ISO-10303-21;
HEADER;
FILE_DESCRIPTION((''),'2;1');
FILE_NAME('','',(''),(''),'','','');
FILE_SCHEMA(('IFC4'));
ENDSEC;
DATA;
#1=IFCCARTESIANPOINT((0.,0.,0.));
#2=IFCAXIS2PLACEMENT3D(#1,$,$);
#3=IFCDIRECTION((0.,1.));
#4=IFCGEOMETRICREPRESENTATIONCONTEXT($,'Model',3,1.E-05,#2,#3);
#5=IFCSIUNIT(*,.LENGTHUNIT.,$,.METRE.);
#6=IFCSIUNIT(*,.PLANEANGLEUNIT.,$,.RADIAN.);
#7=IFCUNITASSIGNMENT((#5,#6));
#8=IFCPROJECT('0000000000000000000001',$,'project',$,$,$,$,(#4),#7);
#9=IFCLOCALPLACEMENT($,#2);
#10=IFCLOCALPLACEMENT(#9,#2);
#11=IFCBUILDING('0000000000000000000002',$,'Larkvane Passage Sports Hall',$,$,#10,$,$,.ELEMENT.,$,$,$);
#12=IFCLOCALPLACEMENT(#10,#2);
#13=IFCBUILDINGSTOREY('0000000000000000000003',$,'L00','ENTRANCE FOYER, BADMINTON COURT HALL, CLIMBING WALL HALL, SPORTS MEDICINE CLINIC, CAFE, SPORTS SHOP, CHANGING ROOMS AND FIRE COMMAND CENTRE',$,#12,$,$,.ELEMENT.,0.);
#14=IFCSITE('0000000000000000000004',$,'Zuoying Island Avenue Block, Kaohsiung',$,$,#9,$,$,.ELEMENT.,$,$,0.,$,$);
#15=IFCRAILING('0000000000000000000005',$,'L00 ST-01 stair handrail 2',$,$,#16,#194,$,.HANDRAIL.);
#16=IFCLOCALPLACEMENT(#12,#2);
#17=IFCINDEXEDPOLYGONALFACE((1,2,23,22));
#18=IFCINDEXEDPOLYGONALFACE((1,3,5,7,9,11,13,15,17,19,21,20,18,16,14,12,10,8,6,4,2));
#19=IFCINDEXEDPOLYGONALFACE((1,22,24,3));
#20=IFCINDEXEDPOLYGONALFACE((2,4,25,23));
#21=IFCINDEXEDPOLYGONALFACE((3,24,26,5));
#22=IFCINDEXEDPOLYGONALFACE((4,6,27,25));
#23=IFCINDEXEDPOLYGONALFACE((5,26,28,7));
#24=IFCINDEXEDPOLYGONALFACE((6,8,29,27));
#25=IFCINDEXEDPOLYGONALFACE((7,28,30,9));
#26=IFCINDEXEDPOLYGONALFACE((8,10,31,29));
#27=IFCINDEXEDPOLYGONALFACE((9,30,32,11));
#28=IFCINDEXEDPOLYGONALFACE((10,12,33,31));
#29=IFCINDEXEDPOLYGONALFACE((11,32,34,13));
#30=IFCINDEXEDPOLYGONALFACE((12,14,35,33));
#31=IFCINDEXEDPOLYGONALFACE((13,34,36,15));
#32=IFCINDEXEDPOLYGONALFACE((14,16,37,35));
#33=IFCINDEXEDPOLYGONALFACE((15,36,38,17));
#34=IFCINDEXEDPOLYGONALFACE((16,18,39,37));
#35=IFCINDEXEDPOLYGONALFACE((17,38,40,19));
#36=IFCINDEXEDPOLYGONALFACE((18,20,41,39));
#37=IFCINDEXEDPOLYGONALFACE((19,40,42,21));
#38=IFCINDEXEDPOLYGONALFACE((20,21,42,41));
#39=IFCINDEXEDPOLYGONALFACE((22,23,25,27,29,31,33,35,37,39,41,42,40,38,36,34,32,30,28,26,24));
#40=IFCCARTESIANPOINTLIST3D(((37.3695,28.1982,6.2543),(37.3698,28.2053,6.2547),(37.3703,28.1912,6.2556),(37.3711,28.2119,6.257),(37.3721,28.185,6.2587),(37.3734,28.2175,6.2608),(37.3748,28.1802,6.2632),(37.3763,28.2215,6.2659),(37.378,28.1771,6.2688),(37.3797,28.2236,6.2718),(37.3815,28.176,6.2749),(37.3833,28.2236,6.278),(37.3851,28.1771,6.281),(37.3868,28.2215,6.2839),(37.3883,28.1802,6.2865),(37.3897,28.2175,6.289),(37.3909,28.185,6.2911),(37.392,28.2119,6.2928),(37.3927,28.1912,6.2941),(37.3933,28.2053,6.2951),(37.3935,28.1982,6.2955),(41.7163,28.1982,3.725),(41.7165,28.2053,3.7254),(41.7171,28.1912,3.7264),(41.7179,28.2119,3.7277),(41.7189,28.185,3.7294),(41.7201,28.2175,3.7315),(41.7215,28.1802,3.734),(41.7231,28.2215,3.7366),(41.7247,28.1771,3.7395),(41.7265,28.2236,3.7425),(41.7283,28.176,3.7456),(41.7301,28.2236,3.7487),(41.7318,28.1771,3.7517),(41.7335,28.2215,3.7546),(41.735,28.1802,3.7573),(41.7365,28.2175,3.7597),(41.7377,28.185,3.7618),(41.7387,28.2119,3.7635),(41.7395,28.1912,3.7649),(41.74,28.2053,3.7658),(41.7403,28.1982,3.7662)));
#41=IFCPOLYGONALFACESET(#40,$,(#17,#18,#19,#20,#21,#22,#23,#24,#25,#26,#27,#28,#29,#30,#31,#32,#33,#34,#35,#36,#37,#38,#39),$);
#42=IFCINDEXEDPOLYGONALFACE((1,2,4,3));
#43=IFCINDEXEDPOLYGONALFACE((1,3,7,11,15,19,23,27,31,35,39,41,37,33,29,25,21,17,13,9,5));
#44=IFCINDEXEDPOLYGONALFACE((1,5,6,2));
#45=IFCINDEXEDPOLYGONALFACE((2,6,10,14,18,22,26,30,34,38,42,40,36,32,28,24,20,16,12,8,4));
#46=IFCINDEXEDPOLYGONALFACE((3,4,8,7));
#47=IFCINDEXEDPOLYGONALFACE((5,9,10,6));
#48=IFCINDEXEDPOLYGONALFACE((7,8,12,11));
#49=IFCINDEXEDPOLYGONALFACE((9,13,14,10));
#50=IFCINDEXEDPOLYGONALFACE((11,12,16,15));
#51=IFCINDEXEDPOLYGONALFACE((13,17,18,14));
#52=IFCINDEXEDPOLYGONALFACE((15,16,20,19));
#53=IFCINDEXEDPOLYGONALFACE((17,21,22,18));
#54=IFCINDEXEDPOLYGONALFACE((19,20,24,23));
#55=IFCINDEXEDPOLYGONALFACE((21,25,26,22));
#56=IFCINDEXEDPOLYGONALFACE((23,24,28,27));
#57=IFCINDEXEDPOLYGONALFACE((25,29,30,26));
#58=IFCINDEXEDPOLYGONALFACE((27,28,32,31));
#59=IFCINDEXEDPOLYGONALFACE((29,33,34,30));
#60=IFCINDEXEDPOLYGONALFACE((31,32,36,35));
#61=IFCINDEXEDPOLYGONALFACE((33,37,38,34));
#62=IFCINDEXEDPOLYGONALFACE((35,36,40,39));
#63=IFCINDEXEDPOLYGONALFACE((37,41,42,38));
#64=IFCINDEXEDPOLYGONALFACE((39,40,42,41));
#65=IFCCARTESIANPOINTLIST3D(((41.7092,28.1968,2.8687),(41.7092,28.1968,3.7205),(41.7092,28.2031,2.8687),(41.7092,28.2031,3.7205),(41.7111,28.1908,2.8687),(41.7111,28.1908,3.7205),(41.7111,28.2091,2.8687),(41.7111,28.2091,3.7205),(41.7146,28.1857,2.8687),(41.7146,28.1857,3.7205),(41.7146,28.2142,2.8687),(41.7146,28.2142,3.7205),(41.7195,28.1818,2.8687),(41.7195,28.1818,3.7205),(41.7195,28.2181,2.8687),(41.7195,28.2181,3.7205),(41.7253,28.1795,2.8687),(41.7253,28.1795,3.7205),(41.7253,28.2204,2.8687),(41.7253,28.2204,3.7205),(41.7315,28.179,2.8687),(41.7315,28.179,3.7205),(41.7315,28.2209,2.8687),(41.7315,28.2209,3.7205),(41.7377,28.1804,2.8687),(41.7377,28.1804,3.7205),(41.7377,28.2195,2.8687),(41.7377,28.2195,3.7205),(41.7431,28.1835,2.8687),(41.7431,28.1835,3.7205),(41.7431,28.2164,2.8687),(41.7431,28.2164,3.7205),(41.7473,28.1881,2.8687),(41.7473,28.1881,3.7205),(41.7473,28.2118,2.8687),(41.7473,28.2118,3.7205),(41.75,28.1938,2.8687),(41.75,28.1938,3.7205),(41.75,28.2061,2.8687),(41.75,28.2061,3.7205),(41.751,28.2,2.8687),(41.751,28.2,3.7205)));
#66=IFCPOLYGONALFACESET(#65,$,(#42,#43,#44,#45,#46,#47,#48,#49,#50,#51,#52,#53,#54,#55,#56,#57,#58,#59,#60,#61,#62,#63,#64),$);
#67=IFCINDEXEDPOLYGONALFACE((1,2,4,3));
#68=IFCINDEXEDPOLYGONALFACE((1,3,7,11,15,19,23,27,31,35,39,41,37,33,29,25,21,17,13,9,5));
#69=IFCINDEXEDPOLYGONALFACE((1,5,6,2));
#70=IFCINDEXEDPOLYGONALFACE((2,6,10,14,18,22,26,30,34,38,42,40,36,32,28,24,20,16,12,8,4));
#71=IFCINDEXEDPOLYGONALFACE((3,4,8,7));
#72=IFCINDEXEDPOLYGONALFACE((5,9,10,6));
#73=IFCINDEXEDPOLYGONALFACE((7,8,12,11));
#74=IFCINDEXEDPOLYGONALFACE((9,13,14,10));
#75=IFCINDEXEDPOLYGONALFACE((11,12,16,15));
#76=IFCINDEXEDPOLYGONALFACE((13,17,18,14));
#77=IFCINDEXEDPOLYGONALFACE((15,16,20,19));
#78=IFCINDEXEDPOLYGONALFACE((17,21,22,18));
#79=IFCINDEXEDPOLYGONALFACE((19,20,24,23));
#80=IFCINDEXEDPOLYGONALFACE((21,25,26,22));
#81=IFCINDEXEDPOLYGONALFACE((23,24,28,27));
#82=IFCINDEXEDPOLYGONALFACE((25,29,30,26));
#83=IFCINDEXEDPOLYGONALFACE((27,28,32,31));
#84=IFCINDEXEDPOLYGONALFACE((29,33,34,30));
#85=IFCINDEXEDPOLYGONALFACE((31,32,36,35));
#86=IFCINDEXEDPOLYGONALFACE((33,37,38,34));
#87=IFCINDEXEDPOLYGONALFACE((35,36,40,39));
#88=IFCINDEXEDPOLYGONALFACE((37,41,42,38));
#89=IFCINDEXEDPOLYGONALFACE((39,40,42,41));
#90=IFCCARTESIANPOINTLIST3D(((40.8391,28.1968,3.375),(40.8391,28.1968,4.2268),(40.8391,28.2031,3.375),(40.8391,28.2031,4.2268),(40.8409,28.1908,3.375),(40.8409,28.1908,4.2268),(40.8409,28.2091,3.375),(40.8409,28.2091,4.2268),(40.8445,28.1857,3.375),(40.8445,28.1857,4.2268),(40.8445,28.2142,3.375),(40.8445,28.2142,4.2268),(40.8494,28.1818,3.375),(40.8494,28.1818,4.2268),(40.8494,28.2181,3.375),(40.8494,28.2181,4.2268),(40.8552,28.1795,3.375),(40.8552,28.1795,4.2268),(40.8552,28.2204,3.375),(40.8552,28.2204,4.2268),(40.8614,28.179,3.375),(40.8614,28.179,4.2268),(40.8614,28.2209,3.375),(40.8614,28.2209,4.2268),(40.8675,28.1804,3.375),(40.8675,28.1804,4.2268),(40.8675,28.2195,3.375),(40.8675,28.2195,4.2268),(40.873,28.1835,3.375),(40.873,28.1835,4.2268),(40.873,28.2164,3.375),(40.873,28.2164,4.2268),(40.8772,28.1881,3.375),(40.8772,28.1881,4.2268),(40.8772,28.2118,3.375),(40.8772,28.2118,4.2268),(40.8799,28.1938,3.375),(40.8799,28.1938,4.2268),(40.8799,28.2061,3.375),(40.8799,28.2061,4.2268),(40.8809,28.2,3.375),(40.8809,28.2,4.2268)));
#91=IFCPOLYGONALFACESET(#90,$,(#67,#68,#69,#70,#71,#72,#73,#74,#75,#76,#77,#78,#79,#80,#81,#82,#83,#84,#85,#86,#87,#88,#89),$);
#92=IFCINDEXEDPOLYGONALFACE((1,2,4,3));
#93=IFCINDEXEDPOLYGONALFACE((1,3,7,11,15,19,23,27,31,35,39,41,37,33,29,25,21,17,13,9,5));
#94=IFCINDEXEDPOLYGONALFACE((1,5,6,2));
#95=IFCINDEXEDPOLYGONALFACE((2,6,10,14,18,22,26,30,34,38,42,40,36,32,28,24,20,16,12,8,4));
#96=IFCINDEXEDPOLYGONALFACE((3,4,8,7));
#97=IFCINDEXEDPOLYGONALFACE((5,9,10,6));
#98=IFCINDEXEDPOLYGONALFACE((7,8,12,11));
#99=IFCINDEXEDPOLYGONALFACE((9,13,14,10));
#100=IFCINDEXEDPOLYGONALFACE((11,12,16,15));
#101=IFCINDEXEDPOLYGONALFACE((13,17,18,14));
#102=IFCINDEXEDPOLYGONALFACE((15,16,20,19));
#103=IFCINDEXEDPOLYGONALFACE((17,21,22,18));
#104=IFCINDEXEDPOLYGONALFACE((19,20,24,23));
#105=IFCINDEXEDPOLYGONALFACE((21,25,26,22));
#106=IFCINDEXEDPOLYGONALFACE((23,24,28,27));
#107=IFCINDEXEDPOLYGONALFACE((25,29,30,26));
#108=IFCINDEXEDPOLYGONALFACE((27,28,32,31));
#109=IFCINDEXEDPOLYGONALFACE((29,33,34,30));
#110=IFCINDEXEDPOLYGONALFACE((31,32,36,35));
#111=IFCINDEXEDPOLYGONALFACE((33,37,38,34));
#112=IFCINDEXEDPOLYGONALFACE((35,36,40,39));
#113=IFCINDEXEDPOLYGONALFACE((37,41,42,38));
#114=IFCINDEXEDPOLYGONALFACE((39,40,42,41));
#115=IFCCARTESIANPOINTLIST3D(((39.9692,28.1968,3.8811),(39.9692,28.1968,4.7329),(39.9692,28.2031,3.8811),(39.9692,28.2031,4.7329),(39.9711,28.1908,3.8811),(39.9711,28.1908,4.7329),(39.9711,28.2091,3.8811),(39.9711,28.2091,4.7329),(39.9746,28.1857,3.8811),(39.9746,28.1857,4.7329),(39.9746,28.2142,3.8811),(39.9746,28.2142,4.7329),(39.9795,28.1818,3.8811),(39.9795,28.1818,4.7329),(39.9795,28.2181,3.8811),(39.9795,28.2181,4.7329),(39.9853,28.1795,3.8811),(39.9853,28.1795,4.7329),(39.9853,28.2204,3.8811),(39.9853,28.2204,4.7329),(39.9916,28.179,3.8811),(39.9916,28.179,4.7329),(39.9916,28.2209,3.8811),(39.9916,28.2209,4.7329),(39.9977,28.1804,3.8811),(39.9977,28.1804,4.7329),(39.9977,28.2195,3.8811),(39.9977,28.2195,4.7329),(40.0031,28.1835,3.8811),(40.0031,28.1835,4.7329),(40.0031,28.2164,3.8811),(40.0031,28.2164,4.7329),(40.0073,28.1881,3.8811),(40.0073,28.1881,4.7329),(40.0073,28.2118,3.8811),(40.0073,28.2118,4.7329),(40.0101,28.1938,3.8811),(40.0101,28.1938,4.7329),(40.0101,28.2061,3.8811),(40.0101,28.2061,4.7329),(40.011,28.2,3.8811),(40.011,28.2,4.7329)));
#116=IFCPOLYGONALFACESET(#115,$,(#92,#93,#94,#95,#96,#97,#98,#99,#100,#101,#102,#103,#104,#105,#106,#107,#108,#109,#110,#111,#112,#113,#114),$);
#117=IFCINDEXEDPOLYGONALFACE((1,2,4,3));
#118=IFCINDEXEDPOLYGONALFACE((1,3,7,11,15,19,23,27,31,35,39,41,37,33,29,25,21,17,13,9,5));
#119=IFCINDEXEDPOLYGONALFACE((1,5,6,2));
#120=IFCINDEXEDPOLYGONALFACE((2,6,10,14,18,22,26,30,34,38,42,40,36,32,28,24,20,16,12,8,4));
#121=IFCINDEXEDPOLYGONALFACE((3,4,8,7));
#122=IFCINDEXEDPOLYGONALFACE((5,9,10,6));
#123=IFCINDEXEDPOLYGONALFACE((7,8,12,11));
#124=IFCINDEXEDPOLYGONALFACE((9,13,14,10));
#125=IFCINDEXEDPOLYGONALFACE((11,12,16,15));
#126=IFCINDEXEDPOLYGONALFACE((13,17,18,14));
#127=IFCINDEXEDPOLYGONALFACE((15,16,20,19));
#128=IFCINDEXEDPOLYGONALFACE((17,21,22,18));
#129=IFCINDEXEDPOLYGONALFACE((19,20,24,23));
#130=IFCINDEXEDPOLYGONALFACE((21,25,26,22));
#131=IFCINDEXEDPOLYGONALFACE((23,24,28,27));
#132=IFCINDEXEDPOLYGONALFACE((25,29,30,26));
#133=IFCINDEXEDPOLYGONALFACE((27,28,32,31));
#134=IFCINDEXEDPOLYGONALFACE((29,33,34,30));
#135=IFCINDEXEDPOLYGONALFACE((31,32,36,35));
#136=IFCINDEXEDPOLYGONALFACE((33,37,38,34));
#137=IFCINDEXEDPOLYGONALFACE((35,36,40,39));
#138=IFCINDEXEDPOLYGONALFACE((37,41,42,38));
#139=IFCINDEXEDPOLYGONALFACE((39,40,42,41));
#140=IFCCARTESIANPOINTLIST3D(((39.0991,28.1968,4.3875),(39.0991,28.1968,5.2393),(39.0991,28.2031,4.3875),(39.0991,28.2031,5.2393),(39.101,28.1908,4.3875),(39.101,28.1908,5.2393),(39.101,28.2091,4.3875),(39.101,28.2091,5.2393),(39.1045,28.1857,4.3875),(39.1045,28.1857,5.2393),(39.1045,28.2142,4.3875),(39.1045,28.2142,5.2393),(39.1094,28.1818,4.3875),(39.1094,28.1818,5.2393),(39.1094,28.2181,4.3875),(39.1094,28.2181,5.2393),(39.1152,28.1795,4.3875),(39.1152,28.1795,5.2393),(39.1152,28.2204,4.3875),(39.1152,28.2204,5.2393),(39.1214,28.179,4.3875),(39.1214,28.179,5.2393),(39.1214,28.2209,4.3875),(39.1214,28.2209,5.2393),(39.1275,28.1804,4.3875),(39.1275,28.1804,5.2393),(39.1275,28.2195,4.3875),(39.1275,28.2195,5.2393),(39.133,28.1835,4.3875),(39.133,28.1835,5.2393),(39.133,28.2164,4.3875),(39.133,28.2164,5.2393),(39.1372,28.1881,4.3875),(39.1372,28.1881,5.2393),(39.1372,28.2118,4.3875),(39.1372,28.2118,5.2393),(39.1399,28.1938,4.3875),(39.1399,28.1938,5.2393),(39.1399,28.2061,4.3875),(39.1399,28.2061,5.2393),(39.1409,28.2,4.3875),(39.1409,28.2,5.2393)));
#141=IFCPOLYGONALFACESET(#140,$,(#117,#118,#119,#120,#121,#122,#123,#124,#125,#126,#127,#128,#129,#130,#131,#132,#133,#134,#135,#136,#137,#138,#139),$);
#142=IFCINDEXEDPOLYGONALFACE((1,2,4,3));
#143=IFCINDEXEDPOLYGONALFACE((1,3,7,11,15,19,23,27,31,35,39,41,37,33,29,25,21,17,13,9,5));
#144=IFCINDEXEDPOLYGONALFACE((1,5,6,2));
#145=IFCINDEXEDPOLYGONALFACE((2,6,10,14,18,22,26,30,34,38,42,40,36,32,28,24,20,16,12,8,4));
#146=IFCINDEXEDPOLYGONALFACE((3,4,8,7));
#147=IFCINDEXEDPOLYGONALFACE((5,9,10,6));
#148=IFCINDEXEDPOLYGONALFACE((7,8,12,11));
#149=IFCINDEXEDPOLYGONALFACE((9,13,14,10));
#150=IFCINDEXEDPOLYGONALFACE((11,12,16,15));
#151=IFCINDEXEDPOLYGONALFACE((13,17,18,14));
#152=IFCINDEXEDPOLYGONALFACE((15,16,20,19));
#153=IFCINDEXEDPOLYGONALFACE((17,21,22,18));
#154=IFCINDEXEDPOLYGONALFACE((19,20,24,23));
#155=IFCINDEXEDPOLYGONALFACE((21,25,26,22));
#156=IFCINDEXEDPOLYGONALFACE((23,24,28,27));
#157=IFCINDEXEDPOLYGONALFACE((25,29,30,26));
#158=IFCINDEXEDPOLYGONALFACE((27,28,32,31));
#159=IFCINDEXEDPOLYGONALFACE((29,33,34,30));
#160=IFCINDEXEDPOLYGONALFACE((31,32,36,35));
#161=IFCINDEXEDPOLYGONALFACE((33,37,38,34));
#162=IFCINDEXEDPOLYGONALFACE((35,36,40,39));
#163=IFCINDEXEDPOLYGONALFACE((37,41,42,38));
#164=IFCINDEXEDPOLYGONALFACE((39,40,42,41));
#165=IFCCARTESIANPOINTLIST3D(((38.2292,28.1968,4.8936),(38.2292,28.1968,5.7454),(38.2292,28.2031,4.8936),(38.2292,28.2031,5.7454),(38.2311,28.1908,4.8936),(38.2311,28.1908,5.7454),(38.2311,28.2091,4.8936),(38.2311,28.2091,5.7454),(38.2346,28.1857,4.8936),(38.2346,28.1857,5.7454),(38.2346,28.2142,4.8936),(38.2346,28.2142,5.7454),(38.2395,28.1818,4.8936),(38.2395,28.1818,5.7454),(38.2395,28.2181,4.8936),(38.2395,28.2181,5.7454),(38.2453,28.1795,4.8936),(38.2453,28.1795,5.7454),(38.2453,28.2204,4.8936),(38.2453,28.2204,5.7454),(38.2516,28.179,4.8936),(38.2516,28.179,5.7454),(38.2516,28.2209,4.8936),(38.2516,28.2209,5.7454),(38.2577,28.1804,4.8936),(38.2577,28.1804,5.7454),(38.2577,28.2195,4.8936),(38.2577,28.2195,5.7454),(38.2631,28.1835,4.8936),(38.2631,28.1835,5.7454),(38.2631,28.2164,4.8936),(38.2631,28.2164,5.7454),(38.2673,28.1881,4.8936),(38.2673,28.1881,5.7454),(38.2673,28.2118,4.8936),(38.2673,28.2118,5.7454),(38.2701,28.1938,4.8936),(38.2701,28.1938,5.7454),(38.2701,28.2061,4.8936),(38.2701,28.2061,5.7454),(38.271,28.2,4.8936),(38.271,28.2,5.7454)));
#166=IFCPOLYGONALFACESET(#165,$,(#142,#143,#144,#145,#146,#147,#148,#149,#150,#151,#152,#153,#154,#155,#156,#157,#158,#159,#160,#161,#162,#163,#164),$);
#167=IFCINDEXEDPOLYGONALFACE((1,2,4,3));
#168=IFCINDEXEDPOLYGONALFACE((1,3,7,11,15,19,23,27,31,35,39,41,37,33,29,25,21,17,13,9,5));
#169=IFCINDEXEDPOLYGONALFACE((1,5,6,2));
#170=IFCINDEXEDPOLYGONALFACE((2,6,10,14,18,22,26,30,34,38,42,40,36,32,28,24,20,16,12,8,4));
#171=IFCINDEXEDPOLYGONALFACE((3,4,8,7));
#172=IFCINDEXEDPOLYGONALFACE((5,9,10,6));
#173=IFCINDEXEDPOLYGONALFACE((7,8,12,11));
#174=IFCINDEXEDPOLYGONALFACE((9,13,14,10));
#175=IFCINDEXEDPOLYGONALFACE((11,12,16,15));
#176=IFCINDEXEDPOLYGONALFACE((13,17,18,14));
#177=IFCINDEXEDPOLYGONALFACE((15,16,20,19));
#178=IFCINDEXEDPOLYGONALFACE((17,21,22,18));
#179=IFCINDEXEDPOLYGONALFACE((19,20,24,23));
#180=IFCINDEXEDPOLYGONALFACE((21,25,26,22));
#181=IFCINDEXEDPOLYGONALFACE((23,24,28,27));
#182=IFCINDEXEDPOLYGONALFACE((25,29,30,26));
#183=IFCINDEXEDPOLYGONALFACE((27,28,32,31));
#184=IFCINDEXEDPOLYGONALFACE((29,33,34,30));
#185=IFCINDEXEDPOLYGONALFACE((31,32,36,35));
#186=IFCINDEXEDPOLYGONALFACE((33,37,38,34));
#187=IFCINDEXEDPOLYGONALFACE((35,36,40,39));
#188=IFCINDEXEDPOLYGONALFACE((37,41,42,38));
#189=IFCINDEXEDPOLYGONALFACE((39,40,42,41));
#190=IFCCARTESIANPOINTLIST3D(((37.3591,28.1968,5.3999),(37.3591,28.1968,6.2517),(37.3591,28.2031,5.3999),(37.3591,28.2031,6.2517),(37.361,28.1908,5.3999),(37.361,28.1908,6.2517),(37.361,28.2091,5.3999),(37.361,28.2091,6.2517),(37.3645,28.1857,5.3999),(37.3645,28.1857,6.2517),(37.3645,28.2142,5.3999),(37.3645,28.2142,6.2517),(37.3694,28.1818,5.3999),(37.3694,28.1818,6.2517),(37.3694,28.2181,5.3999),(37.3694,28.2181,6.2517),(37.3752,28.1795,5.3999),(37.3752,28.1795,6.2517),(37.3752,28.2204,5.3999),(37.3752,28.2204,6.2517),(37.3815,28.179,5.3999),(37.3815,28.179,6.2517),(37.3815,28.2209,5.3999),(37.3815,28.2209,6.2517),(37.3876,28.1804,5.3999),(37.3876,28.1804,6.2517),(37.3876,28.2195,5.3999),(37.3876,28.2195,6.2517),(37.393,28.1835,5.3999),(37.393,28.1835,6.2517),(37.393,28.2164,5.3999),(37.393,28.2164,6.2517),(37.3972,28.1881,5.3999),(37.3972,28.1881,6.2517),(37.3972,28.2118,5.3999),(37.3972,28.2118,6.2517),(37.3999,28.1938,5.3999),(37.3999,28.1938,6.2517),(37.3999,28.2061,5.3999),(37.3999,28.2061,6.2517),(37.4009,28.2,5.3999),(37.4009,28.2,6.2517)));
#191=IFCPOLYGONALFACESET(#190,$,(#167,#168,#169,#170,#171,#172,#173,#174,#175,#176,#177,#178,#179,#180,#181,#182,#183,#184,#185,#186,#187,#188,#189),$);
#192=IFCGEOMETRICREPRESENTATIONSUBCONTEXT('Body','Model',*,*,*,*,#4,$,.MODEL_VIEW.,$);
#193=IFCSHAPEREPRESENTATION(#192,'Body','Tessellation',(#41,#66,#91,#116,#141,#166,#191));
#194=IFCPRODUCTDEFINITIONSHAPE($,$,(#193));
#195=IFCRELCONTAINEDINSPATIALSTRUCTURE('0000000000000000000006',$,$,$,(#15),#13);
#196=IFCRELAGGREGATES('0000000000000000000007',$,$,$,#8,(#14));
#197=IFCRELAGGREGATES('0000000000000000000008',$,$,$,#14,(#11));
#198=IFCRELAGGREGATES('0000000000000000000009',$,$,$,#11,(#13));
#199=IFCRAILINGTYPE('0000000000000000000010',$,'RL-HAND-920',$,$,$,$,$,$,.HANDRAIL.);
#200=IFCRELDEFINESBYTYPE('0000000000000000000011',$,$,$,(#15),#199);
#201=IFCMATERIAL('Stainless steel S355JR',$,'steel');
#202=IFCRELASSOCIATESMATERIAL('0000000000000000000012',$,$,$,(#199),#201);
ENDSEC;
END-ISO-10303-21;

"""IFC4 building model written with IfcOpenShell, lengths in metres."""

from ifc_helpers import new_model, si_unit, direction, frame, origin, origin_2d, place, context, subcontext, project, spatial, circle, extrude, material, type_object, element, save


model = new_model("IFC4")

# Units and contexts
model_context = context("Model", 3, precision=1e-05, world=origin(), true_north=direction((0.0, 1.0)))
body_context = subcontext(model_context, "Body", "Model", "MODEL_VIEW")
ifc_project = project(units=[si_unit("LENGTHUNIT", "METRE"), si_unit("PLANEANGLEUNIT", "RADIAN")], contexts=[model_context])

# Site, building, storey
site_placement = place(None, origin())
site = spatial("IfcSite", under=ifc_project, at=site_placement, Name="Zuoying Island Avenue Block, Kaohsiung", CompositionType="ELEMENT", RefElevation=0.0)
building_placement = place(site_placement, origin())
building = spatial("IfcBuilding", under=site, at=building_placement, Name="Larkvane Passage Sports Hall", CompositionType="ELEMENT")
storey_placement = place(building_placement, origin())
storey = spatial("IfcBuildingStorey", under=building, at=storey_placement, Name="L00", Description="ENTRANCE FOYER, BADMINTON COURT HALL, CLIMBING WALL HALL, SPORTS MEDICINE CLINIC, CAFE, SPORTS SHOP, CHANGING ROOMS AND FIRE COMMAND CENTRE", CompositionType="ELEMENT", Elevation=0.0)

# Railing
ifc_material_1 = material(Name="Stainless steel S355JR", Category="steel")
railing_type_1 = type_object("IfcRailingType", Name="RL-HAND-920", PredefinedType="HANDRAIL", material=ifc_material_1)
railing_1_placement = place(storey_placement, frame((41.73, 28.2, 2.8687)))
element("IfcRailing", 1, at=railing_1_placement, inside=storey, type_object=railing_type_1, Name="L00 ST-01 stair handrail 2", PredefinedType="HANDRAIL", context=body_context, shape_type="SweptSolid", body=[
    extrude(circle(Radius=0.0239, at=origin_2d()), frame((-0.0017, 0.0, 0.877), z_axis=(-0.864324, 0.0, 0.502936), x_axis=(0.0, -1.0, 0.0)), (0.0, 0.0, 1.0), 5.0291),
    extrude(circle(Radius=0.021, at=origin_2d()), origin(), (0.0, 0.0, 1.0), 0.8518),
    extrude(circle(Radius=0.021, at=origin_2d()), frame((-0.8701, 0.0, 0.5063)), (0.0, 0.0, 1.0), 0.8518),
    extrude(circle(Radius=0.021, at=origin_2d()), frame((-1.74, 0.0, 1.0125)), (0.0, 0.0, 1.0), 0.8518),
    extrude(circle(Radius=0.021, at=origin_2d()), frame((-2.6101, 0.0, 1.5188)), (0.0, 0.0, 1.0), 0.8518),
    extrude(circle(Radius=0.021, at=origin_2d()), frame((-3.48, 0.0, 2.0249)), (0.0, 0.0, 1.0), 0.8518),
    extrude(circle(Radius=0.021, at=origin_2d()), frame((-4.3501, 0.0, 2.5312)), (0.0, 0.0, 1.0), 0.8518),
])

save(model, "model.ifc")
